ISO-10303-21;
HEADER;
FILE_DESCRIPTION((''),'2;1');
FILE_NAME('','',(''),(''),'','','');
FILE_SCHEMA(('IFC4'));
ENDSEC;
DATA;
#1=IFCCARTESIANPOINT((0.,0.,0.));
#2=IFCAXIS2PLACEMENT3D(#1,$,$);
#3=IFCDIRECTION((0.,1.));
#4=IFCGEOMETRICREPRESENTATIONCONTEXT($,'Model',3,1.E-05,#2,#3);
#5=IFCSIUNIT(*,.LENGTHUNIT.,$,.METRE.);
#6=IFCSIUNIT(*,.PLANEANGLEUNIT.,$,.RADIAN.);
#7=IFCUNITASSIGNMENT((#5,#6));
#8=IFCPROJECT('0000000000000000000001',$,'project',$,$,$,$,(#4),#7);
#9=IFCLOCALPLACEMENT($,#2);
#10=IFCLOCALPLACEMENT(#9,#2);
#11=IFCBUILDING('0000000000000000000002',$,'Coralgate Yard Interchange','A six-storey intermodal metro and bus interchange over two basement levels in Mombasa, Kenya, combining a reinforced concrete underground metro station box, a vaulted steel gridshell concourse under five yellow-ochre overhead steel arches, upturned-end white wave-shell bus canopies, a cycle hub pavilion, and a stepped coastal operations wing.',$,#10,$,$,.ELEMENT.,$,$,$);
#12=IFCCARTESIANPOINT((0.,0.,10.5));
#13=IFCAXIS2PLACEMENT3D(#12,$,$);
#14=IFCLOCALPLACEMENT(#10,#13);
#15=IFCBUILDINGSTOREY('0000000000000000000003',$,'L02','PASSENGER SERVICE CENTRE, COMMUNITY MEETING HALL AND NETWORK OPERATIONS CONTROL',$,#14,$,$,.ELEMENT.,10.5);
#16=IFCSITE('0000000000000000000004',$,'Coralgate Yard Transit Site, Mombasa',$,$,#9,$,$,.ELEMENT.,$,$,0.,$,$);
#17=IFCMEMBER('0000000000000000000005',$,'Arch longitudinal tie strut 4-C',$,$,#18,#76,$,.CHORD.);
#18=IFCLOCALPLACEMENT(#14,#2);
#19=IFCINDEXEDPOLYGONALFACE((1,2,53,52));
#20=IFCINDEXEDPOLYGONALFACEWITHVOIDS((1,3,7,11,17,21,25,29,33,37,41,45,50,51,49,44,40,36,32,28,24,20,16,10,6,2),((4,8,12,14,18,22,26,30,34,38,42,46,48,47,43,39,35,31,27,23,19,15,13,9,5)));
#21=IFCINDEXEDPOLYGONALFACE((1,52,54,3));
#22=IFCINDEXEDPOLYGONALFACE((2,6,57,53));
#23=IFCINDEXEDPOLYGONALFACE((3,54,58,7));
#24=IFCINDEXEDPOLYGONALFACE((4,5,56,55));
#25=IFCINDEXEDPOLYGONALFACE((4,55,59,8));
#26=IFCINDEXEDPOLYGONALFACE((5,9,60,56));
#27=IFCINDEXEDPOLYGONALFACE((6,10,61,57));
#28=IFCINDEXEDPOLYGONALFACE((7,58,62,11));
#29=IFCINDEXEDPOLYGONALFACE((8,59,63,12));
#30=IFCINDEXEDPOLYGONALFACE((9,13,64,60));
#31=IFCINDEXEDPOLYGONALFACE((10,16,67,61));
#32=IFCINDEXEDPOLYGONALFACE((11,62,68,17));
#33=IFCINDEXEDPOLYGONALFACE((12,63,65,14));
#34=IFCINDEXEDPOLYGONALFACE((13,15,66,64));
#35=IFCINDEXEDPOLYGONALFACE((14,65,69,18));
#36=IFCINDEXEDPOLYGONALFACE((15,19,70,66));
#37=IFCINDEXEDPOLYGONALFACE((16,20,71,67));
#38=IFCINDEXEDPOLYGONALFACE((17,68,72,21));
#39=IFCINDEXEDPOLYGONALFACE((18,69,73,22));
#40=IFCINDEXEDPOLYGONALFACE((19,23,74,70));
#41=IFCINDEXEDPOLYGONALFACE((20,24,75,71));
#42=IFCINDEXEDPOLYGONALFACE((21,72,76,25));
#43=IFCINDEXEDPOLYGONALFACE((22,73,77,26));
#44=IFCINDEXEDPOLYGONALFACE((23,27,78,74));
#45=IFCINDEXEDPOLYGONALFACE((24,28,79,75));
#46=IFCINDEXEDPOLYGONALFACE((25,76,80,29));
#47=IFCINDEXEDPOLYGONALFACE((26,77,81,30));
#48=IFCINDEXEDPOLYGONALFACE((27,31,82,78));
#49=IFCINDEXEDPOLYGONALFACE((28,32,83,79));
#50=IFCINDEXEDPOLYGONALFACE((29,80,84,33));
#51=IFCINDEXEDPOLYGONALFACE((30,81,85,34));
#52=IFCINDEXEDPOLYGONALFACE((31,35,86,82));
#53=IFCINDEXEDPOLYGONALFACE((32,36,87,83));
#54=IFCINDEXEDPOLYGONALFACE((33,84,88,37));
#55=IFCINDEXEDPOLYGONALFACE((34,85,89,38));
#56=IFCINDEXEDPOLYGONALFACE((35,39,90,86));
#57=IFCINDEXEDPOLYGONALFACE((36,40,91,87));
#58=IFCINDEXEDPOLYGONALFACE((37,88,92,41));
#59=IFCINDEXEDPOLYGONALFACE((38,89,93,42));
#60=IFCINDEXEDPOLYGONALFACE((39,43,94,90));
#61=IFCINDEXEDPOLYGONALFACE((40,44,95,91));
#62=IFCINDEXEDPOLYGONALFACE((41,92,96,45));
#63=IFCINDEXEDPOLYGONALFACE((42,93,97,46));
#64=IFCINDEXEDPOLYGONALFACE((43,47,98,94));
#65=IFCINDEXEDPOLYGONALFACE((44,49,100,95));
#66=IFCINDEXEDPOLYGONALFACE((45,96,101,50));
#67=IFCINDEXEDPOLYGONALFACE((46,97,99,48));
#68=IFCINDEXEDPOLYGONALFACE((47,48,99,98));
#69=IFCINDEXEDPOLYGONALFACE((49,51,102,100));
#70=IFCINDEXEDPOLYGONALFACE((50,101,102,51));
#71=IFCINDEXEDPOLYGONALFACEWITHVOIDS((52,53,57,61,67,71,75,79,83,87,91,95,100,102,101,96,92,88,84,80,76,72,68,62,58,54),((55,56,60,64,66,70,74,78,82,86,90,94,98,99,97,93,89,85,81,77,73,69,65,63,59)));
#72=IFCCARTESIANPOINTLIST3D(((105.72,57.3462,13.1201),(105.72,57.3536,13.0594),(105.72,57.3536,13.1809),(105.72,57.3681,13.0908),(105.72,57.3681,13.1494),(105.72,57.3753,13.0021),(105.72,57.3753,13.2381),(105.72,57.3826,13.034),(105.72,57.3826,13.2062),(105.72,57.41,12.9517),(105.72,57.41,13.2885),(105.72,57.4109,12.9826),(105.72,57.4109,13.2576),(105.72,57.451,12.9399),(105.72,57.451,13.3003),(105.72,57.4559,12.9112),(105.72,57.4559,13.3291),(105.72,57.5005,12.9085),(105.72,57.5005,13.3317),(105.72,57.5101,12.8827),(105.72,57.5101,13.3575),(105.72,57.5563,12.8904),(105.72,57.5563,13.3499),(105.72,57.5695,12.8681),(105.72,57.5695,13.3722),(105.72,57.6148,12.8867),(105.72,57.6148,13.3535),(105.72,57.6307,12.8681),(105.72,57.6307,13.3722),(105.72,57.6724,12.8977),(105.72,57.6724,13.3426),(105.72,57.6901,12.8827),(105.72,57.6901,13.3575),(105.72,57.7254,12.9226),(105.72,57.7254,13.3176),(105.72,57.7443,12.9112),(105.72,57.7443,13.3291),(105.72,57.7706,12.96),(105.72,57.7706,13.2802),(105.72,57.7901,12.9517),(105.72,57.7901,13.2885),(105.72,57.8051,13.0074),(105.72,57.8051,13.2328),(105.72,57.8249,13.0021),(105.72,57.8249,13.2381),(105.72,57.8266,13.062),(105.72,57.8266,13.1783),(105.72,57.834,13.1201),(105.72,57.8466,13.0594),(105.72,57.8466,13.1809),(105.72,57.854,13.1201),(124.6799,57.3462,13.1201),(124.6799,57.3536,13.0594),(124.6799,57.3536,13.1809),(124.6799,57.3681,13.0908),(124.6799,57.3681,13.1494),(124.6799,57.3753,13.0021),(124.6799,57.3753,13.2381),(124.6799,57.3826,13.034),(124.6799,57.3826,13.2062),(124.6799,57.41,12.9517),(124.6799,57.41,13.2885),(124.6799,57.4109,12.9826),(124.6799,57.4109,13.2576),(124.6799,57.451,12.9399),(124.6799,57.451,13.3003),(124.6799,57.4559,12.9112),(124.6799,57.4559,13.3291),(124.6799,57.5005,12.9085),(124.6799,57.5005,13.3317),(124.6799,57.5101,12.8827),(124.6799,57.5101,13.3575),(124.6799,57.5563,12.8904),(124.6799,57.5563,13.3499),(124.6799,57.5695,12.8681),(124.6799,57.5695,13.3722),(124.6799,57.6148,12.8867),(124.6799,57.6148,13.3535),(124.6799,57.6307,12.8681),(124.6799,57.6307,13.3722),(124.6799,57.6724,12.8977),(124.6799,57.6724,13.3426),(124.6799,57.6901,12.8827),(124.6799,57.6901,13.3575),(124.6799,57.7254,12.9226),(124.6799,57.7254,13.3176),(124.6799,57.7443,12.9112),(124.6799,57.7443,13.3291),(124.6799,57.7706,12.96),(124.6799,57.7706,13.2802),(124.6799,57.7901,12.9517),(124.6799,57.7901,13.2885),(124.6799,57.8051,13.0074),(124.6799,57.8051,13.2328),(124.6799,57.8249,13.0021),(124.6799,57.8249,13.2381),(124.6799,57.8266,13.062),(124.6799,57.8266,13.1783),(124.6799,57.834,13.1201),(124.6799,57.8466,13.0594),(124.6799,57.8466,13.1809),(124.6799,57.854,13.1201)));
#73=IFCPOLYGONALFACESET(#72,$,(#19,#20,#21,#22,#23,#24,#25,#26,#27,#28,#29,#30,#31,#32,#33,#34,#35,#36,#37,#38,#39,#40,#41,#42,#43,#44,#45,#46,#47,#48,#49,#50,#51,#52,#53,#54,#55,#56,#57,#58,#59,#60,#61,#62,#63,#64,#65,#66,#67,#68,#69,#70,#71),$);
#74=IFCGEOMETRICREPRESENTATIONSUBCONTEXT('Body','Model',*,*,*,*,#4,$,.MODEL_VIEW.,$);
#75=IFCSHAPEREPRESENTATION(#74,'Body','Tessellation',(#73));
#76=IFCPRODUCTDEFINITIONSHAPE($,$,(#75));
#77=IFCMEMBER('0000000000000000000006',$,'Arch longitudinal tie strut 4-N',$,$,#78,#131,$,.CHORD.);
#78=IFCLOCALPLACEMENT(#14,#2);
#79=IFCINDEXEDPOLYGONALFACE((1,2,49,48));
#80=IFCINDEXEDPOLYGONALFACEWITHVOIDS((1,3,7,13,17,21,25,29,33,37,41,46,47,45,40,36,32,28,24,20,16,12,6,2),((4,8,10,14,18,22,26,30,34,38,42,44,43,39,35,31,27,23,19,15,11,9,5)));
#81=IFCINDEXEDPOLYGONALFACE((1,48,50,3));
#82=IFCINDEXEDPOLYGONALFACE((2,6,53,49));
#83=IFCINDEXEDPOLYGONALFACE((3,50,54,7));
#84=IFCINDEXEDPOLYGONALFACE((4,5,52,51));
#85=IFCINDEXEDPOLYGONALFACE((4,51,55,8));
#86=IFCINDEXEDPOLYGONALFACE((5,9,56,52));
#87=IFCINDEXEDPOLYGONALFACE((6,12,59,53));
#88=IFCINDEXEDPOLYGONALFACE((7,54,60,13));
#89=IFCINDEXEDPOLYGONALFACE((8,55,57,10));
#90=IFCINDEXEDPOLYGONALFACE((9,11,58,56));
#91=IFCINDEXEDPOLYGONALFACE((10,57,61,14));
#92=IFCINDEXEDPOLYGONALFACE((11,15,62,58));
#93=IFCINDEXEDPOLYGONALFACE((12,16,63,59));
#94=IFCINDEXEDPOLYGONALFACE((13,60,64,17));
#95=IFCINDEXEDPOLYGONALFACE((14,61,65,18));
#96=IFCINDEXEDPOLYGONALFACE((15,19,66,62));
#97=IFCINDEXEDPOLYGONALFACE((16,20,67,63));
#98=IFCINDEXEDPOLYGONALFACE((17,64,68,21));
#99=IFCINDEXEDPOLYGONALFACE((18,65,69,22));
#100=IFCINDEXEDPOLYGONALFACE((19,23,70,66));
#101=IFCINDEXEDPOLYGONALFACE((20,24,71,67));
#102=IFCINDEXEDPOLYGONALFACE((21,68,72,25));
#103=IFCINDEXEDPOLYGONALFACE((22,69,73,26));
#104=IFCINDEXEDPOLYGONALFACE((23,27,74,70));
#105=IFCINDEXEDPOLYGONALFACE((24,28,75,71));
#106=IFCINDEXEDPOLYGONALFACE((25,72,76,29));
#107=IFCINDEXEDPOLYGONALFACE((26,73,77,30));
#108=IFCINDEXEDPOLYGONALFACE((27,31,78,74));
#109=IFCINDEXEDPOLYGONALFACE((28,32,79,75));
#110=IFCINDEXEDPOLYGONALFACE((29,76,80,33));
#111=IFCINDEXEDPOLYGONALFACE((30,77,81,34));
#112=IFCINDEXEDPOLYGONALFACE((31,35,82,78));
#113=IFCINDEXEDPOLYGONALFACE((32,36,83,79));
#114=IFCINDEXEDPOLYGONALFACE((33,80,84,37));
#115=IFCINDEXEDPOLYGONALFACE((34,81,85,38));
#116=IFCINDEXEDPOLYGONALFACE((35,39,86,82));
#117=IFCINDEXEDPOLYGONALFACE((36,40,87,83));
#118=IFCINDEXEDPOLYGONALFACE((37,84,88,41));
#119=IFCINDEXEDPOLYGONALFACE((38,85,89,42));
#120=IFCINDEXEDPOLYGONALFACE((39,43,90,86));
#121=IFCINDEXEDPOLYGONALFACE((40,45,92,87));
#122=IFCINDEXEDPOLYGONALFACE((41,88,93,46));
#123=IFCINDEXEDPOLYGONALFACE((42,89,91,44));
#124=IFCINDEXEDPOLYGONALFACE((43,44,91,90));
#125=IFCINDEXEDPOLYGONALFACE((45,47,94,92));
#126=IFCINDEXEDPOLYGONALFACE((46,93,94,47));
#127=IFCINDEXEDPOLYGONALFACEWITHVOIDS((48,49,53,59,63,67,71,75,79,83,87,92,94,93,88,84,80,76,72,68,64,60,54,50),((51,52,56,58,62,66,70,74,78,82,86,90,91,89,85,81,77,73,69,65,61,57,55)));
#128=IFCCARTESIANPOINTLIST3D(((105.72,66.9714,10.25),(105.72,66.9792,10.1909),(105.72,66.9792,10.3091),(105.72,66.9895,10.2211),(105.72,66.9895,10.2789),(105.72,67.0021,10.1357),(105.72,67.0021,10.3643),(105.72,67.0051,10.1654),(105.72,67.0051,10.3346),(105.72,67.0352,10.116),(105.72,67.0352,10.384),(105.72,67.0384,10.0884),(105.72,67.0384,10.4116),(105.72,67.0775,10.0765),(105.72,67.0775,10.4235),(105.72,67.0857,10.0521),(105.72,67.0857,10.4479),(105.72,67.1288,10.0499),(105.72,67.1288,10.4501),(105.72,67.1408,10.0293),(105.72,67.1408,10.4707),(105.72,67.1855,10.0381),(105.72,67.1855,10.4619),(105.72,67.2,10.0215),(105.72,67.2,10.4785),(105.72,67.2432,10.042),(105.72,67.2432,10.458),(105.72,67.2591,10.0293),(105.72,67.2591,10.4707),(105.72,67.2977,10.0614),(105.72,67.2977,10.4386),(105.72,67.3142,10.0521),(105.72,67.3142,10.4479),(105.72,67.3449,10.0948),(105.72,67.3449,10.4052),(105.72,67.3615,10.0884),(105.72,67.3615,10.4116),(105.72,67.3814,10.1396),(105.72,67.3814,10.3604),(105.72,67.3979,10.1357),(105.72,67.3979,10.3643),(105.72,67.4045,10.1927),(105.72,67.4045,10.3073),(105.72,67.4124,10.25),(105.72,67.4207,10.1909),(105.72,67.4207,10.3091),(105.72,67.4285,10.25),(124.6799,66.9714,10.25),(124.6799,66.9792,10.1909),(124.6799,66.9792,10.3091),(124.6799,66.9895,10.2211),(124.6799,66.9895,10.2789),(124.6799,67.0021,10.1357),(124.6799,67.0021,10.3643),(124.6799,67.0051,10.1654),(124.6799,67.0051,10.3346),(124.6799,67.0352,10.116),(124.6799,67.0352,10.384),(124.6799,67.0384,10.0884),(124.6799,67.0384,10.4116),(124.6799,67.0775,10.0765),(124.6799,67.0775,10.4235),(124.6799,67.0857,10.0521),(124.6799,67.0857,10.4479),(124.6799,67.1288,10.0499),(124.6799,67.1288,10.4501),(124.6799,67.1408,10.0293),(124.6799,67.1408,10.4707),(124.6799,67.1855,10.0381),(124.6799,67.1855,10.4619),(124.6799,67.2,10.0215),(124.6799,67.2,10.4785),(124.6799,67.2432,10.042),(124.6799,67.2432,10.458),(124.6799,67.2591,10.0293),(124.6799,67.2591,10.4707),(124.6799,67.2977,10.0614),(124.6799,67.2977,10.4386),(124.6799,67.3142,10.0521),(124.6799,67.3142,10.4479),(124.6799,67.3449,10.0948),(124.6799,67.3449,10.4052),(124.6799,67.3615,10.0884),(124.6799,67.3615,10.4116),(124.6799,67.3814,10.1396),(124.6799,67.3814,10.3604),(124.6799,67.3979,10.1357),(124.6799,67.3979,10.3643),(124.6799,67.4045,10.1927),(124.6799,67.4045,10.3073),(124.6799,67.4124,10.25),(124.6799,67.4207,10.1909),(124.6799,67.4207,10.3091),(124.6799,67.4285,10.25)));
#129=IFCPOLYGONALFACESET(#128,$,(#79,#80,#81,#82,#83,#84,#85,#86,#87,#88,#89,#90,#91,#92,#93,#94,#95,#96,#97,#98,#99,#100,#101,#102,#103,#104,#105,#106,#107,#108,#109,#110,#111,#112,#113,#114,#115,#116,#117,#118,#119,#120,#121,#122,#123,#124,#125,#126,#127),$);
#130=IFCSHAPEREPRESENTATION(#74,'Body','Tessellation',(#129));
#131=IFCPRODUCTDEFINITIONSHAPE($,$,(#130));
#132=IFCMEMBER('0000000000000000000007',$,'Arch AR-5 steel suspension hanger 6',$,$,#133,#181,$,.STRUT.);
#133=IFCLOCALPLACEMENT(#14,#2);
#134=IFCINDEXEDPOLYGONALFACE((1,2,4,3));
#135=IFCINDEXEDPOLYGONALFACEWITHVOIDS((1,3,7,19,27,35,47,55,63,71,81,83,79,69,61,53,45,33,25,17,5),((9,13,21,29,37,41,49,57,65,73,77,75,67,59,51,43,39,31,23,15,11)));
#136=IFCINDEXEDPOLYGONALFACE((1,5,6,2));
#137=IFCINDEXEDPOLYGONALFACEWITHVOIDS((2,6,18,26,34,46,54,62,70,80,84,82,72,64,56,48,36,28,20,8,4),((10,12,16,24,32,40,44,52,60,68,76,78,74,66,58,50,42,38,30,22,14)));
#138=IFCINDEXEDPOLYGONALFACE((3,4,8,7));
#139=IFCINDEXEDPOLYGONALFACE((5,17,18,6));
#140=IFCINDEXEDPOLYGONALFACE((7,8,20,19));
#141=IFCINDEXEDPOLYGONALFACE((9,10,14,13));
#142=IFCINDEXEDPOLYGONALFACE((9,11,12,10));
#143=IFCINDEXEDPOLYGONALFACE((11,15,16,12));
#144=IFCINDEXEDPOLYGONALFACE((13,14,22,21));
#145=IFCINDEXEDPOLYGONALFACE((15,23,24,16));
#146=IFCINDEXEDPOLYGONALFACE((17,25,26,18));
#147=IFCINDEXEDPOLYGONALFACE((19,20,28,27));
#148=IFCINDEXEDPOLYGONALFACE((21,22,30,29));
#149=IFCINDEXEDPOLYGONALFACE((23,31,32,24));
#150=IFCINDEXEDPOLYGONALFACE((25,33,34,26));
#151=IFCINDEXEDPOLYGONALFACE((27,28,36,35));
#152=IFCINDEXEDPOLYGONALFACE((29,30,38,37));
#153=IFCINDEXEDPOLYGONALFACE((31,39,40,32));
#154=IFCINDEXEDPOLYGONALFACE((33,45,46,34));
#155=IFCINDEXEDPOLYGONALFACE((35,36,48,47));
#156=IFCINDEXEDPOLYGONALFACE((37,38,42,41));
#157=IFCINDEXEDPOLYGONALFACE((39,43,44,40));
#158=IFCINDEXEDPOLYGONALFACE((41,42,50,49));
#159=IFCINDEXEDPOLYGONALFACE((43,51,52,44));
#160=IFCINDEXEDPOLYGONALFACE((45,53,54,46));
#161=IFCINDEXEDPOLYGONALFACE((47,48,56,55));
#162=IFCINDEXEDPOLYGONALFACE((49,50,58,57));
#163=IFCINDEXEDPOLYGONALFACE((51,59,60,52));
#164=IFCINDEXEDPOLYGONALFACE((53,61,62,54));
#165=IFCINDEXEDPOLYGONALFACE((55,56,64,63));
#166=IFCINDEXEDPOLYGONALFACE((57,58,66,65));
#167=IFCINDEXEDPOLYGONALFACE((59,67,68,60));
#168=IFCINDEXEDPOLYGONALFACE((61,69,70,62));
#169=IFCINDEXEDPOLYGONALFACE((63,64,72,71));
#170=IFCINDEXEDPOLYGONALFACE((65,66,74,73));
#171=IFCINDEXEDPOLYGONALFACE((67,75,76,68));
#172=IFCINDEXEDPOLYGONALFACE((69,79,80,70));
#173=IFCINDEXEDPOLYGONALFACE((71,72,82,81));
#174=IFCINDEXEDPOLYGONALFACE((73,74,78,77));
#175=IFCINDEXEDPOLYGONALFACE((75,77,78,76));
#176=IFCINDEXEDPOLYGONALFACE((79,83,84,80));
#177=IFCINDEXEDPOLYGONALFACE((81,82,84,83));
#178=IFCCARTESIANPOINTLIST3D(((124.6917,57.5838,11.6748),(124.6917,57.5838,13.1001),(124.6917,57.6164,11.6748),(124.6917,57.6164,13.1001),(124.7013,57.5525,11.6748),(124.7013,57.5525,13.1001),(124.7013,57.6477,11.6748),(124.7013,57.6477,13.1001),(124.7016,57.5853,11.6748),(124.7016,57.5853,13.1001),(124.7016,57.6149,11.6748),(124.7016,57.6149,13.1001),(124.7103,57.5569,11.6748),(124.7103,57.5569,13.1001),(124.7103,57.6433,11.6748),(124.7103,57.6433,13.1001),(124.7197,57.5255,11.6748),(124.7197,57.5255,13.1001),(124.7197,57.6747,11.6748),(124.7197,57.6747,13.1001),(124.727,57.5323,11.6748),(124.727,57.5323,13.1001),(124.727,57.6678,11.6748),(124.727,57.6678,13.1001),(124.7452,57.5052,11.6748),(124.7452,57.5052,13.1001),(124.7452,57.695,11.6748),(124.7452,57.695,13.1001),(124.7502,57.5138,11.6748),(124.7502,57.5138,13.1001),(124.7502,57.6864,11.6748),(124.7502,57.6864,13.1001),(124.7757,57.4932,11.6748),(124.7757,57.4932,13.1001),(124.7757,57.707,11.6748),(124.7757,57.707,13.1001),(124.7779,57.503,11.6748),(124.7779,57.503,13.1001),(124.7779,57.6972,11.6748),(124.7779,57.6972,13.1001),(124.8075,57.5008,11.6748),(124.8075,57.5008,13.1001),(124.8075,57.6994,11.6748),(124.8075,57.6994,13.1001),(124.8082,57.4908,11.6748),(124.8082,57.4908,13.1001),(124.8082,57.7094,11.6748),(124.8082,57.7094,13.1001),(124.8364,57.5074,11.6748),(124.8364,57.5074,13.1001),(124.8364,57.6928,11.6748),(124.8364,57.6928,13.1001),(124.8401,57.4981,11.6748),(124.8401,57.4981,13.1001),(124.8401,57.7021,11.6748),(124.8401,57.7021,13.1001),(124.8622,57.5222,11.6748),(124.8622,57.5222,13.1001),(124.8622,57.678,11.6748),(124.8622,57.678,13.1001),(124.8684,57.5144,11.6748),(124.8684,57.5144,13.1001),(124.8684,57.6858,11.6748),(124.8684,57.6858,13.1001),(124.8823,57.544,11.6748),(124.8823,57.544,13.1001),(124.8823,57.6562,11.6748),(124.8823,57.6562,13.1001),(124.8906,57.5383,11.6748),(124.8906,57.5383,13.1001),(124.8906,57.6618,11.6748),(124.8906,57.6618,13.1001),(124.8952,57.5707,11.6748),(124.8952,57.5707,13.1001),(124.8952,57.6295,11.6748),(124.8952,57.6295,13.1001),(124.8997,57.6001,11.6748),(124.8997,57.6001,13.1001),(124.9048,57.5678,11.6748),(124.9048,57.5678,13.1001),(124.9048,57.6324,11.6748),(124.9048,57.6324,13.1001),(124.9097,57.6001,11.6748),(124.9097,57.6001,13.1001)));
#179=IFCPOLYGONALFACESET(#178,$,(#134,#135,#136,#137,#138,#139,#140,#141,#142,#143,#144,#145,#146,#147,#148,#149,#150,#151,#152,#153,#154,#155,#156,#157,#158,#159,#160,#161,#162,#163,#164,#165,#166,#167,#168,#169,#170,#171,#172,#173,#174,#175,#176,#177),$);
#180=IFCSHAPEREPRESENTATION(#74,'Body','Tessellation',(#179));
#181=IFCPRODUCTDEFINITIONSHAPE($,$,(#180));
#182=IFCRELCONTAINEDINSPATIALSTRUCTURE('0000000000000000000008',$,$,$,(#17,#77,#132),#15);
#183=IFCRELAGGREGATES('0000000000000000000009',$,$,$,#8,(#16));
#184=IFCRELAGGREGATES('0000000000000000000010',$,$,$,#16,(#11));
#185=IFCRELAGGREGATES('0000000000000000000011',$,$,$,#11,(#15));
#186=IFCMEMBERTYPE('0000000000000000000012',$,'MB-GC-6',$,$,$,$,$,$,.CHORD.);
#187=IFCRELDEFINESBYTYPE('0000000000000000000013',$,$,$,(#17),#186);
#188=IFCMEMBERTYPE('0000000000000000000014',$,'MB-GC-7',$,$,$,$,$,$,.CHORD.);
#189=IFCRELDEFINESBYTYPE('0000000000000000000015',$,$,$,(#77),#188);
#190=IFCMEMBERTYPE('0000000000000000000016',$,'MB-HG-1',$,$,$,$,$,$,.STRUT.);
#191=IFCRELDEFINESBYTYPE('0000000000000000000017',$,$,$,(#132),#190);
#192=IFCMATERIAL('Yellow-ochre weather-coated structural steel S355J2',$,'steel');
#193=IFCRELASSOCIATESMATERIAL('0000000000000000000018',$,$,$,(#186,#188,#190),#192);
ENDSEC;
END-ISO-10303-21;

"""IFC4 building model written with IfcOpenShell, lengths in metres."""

from ifc_helpers import new_model, si_unit, direction, frame, origin, origin_2d, place, context, subcontext, project, spatial, hollow_circle, extrude, material, material_profile, profile_set, type_object, element, save


model = new_model("IFC4")

# Units and contexts
model_context = context("Model", 3, precision=1e-05, world=origin(), true_north=direction((0.0, 1.0)))
body_context = subcontext(model_context, "Body", "Model", "MODEL_VIEW")
ifc_project = project(units=[si_unit("LENGTHUNIT", "METRE"), si_unit("PLANEANGLEUNIT", "RADIAN")], contexts=[model_context])

# Site, building, storey
site_placement = place(None, origin())
site = spatial("IfcSite", under=ifc_project, at=site_placement, Name="Coralgate Yard Transit Site, Mombasa", CompositionType="ELEMENT", RefElevation=0.0)
building_placement = place(site_placement, origin())
building = spatial("IfcBuilding", under=site, at=building_placement, Name="Coralgate Yard Interchange", Description="A six-storey intermodal metro and bus interchange over two basement levels in Mombasa, Kenya, combining a reinforced concrete underground metro station box, a vaulted steel gridshell concourse under five yellow-ochre overhead steel arches, upturned-end white wave-shell bus canopies, a cycle hub pavilion, and a stepped coastal operations wing.", CompositionType="ELEMENT")
storey_placement = place(building_placement, frame((0.0, 0.0, 10.5)))
storey = spatial("IfcBuildingStorey", under=building, at=storey_placement, Name="L02", Description="PASSENGER SERVICE CENTRE, COMMUNITY MEETING HALL AND NETWORK OPERATIONS CONTROL", CompositionType="ELEMENT", Elevation=10.5)

# Shared definitions
ifc_material_1 = material(Name="Yellow-ochre weather-coated structural steel S355J2", Category="steel")

# Members
ifc_material_profile_1 = material_profile(ifc_material_1, hollow_circle(Radius=0.2539, WallThickness=0.02, at=origin_2d()), Name="CHS 508x20")
ifc_profile_set_1 = profile_set([ifc_material_profile_1], Name="Yellow-ochre weather-coated structural steel S355J2")
member_type_1 = type_object("IfcMemberType", Name="MB-GC-6", PredefinedType="CHORD", material=ifc_profile_set_1)
member_1_placement = place(storey_placement, frame((105.72, 57.6001, 13.1201), z_axis=(1.0, 0.0, 0.0), x_axis=(0.0, 1.0, 0.0)))
element("IfcMember", 1, at=member_1_placement, inside=storey, type_object=member_type_1, Name="Arch longitudinal tie strut 4-C", PredefinedType="CHORD", context=body_context, shape_type="SweptSolid", body=[
    extrude(hollow_circle(Radius=0.2539, WallThickness=0.02, at=origin_2d()), origin(), (0.0, 0.0, 1.0), 18.96),
])
ifc_material_profile_2 = material_profile(ifc_material_1, hollow_circle(Radius=0.2285, WallThickness=0.0161, at=origin_2d()), Name="CHS 457x16")
ifc_profile_set_2 = profile_set([ifc_material_profile_2], Name="Yellow-ochre weather-coated structural steel S355J2")
member_type_2 = type_object("IfcMemberType", Name="MB-GC-7", PredefinedType="CHORD", material=ifc_profile_set_2)
member_2_placement = place(storey_placement, frame((105.72, 67.2, 10.25), z_axis=(1.0, 0.0, 0.0), x_axis=(0.0, 1.0, 0.0)))
element("IfcMember", 2, at=member_2_placement, inside=storey, type_object=member_type_2, Name="Arch longitudinal tie strut 4-N", PredefinedType="CHORD", context=body_context, shape_type="SweptSolid", body=[
    extrude(hollow_circle(Radius=0.2285, WallThickness=0.0161, at=origin_2d()), origin(), (0.0, 0.0, 1.0), 18.96),
])
ifc_material_profile_3 = material_profile(ifc_material_1, hollow_circle(Radius=0.1096, WallThickness=0.01, at=origin_2d()), Name="CHS 219.1x10")
ifc_profile_set_3 = profile_set([ifc_material_profile_3], Name="Yellow-ochre weather-coated structural steel S355J2")
member_type_3 = type_object("IfcMemberType", Name="MB-HG-1", PredefinedType="STRUT", material=ifc_profile_set_3)
member_3_placement = place(storey_placement, frame((124.8, 57.6001, 11.6748), z_axis=(0.0, 0.0, 1.0), x_axis=(1.0, 0.0, 0.0)))
element("IfcMember", 3, at=member_3_placement, inside=storey, type_object=member_type_3, Name="Arch AR-5 steel suspension hanger 6", PredefinedType="STRUT", context=body_context, shape_type="SweptSolid", body=[
    extrude(hollow_circle(Radius=0.1096, WallThickness=0.01, at=origin_2d()), origin(), (0.0, 0.0, 1.0), 1.4253),
])

save(model, "model.ifc")
